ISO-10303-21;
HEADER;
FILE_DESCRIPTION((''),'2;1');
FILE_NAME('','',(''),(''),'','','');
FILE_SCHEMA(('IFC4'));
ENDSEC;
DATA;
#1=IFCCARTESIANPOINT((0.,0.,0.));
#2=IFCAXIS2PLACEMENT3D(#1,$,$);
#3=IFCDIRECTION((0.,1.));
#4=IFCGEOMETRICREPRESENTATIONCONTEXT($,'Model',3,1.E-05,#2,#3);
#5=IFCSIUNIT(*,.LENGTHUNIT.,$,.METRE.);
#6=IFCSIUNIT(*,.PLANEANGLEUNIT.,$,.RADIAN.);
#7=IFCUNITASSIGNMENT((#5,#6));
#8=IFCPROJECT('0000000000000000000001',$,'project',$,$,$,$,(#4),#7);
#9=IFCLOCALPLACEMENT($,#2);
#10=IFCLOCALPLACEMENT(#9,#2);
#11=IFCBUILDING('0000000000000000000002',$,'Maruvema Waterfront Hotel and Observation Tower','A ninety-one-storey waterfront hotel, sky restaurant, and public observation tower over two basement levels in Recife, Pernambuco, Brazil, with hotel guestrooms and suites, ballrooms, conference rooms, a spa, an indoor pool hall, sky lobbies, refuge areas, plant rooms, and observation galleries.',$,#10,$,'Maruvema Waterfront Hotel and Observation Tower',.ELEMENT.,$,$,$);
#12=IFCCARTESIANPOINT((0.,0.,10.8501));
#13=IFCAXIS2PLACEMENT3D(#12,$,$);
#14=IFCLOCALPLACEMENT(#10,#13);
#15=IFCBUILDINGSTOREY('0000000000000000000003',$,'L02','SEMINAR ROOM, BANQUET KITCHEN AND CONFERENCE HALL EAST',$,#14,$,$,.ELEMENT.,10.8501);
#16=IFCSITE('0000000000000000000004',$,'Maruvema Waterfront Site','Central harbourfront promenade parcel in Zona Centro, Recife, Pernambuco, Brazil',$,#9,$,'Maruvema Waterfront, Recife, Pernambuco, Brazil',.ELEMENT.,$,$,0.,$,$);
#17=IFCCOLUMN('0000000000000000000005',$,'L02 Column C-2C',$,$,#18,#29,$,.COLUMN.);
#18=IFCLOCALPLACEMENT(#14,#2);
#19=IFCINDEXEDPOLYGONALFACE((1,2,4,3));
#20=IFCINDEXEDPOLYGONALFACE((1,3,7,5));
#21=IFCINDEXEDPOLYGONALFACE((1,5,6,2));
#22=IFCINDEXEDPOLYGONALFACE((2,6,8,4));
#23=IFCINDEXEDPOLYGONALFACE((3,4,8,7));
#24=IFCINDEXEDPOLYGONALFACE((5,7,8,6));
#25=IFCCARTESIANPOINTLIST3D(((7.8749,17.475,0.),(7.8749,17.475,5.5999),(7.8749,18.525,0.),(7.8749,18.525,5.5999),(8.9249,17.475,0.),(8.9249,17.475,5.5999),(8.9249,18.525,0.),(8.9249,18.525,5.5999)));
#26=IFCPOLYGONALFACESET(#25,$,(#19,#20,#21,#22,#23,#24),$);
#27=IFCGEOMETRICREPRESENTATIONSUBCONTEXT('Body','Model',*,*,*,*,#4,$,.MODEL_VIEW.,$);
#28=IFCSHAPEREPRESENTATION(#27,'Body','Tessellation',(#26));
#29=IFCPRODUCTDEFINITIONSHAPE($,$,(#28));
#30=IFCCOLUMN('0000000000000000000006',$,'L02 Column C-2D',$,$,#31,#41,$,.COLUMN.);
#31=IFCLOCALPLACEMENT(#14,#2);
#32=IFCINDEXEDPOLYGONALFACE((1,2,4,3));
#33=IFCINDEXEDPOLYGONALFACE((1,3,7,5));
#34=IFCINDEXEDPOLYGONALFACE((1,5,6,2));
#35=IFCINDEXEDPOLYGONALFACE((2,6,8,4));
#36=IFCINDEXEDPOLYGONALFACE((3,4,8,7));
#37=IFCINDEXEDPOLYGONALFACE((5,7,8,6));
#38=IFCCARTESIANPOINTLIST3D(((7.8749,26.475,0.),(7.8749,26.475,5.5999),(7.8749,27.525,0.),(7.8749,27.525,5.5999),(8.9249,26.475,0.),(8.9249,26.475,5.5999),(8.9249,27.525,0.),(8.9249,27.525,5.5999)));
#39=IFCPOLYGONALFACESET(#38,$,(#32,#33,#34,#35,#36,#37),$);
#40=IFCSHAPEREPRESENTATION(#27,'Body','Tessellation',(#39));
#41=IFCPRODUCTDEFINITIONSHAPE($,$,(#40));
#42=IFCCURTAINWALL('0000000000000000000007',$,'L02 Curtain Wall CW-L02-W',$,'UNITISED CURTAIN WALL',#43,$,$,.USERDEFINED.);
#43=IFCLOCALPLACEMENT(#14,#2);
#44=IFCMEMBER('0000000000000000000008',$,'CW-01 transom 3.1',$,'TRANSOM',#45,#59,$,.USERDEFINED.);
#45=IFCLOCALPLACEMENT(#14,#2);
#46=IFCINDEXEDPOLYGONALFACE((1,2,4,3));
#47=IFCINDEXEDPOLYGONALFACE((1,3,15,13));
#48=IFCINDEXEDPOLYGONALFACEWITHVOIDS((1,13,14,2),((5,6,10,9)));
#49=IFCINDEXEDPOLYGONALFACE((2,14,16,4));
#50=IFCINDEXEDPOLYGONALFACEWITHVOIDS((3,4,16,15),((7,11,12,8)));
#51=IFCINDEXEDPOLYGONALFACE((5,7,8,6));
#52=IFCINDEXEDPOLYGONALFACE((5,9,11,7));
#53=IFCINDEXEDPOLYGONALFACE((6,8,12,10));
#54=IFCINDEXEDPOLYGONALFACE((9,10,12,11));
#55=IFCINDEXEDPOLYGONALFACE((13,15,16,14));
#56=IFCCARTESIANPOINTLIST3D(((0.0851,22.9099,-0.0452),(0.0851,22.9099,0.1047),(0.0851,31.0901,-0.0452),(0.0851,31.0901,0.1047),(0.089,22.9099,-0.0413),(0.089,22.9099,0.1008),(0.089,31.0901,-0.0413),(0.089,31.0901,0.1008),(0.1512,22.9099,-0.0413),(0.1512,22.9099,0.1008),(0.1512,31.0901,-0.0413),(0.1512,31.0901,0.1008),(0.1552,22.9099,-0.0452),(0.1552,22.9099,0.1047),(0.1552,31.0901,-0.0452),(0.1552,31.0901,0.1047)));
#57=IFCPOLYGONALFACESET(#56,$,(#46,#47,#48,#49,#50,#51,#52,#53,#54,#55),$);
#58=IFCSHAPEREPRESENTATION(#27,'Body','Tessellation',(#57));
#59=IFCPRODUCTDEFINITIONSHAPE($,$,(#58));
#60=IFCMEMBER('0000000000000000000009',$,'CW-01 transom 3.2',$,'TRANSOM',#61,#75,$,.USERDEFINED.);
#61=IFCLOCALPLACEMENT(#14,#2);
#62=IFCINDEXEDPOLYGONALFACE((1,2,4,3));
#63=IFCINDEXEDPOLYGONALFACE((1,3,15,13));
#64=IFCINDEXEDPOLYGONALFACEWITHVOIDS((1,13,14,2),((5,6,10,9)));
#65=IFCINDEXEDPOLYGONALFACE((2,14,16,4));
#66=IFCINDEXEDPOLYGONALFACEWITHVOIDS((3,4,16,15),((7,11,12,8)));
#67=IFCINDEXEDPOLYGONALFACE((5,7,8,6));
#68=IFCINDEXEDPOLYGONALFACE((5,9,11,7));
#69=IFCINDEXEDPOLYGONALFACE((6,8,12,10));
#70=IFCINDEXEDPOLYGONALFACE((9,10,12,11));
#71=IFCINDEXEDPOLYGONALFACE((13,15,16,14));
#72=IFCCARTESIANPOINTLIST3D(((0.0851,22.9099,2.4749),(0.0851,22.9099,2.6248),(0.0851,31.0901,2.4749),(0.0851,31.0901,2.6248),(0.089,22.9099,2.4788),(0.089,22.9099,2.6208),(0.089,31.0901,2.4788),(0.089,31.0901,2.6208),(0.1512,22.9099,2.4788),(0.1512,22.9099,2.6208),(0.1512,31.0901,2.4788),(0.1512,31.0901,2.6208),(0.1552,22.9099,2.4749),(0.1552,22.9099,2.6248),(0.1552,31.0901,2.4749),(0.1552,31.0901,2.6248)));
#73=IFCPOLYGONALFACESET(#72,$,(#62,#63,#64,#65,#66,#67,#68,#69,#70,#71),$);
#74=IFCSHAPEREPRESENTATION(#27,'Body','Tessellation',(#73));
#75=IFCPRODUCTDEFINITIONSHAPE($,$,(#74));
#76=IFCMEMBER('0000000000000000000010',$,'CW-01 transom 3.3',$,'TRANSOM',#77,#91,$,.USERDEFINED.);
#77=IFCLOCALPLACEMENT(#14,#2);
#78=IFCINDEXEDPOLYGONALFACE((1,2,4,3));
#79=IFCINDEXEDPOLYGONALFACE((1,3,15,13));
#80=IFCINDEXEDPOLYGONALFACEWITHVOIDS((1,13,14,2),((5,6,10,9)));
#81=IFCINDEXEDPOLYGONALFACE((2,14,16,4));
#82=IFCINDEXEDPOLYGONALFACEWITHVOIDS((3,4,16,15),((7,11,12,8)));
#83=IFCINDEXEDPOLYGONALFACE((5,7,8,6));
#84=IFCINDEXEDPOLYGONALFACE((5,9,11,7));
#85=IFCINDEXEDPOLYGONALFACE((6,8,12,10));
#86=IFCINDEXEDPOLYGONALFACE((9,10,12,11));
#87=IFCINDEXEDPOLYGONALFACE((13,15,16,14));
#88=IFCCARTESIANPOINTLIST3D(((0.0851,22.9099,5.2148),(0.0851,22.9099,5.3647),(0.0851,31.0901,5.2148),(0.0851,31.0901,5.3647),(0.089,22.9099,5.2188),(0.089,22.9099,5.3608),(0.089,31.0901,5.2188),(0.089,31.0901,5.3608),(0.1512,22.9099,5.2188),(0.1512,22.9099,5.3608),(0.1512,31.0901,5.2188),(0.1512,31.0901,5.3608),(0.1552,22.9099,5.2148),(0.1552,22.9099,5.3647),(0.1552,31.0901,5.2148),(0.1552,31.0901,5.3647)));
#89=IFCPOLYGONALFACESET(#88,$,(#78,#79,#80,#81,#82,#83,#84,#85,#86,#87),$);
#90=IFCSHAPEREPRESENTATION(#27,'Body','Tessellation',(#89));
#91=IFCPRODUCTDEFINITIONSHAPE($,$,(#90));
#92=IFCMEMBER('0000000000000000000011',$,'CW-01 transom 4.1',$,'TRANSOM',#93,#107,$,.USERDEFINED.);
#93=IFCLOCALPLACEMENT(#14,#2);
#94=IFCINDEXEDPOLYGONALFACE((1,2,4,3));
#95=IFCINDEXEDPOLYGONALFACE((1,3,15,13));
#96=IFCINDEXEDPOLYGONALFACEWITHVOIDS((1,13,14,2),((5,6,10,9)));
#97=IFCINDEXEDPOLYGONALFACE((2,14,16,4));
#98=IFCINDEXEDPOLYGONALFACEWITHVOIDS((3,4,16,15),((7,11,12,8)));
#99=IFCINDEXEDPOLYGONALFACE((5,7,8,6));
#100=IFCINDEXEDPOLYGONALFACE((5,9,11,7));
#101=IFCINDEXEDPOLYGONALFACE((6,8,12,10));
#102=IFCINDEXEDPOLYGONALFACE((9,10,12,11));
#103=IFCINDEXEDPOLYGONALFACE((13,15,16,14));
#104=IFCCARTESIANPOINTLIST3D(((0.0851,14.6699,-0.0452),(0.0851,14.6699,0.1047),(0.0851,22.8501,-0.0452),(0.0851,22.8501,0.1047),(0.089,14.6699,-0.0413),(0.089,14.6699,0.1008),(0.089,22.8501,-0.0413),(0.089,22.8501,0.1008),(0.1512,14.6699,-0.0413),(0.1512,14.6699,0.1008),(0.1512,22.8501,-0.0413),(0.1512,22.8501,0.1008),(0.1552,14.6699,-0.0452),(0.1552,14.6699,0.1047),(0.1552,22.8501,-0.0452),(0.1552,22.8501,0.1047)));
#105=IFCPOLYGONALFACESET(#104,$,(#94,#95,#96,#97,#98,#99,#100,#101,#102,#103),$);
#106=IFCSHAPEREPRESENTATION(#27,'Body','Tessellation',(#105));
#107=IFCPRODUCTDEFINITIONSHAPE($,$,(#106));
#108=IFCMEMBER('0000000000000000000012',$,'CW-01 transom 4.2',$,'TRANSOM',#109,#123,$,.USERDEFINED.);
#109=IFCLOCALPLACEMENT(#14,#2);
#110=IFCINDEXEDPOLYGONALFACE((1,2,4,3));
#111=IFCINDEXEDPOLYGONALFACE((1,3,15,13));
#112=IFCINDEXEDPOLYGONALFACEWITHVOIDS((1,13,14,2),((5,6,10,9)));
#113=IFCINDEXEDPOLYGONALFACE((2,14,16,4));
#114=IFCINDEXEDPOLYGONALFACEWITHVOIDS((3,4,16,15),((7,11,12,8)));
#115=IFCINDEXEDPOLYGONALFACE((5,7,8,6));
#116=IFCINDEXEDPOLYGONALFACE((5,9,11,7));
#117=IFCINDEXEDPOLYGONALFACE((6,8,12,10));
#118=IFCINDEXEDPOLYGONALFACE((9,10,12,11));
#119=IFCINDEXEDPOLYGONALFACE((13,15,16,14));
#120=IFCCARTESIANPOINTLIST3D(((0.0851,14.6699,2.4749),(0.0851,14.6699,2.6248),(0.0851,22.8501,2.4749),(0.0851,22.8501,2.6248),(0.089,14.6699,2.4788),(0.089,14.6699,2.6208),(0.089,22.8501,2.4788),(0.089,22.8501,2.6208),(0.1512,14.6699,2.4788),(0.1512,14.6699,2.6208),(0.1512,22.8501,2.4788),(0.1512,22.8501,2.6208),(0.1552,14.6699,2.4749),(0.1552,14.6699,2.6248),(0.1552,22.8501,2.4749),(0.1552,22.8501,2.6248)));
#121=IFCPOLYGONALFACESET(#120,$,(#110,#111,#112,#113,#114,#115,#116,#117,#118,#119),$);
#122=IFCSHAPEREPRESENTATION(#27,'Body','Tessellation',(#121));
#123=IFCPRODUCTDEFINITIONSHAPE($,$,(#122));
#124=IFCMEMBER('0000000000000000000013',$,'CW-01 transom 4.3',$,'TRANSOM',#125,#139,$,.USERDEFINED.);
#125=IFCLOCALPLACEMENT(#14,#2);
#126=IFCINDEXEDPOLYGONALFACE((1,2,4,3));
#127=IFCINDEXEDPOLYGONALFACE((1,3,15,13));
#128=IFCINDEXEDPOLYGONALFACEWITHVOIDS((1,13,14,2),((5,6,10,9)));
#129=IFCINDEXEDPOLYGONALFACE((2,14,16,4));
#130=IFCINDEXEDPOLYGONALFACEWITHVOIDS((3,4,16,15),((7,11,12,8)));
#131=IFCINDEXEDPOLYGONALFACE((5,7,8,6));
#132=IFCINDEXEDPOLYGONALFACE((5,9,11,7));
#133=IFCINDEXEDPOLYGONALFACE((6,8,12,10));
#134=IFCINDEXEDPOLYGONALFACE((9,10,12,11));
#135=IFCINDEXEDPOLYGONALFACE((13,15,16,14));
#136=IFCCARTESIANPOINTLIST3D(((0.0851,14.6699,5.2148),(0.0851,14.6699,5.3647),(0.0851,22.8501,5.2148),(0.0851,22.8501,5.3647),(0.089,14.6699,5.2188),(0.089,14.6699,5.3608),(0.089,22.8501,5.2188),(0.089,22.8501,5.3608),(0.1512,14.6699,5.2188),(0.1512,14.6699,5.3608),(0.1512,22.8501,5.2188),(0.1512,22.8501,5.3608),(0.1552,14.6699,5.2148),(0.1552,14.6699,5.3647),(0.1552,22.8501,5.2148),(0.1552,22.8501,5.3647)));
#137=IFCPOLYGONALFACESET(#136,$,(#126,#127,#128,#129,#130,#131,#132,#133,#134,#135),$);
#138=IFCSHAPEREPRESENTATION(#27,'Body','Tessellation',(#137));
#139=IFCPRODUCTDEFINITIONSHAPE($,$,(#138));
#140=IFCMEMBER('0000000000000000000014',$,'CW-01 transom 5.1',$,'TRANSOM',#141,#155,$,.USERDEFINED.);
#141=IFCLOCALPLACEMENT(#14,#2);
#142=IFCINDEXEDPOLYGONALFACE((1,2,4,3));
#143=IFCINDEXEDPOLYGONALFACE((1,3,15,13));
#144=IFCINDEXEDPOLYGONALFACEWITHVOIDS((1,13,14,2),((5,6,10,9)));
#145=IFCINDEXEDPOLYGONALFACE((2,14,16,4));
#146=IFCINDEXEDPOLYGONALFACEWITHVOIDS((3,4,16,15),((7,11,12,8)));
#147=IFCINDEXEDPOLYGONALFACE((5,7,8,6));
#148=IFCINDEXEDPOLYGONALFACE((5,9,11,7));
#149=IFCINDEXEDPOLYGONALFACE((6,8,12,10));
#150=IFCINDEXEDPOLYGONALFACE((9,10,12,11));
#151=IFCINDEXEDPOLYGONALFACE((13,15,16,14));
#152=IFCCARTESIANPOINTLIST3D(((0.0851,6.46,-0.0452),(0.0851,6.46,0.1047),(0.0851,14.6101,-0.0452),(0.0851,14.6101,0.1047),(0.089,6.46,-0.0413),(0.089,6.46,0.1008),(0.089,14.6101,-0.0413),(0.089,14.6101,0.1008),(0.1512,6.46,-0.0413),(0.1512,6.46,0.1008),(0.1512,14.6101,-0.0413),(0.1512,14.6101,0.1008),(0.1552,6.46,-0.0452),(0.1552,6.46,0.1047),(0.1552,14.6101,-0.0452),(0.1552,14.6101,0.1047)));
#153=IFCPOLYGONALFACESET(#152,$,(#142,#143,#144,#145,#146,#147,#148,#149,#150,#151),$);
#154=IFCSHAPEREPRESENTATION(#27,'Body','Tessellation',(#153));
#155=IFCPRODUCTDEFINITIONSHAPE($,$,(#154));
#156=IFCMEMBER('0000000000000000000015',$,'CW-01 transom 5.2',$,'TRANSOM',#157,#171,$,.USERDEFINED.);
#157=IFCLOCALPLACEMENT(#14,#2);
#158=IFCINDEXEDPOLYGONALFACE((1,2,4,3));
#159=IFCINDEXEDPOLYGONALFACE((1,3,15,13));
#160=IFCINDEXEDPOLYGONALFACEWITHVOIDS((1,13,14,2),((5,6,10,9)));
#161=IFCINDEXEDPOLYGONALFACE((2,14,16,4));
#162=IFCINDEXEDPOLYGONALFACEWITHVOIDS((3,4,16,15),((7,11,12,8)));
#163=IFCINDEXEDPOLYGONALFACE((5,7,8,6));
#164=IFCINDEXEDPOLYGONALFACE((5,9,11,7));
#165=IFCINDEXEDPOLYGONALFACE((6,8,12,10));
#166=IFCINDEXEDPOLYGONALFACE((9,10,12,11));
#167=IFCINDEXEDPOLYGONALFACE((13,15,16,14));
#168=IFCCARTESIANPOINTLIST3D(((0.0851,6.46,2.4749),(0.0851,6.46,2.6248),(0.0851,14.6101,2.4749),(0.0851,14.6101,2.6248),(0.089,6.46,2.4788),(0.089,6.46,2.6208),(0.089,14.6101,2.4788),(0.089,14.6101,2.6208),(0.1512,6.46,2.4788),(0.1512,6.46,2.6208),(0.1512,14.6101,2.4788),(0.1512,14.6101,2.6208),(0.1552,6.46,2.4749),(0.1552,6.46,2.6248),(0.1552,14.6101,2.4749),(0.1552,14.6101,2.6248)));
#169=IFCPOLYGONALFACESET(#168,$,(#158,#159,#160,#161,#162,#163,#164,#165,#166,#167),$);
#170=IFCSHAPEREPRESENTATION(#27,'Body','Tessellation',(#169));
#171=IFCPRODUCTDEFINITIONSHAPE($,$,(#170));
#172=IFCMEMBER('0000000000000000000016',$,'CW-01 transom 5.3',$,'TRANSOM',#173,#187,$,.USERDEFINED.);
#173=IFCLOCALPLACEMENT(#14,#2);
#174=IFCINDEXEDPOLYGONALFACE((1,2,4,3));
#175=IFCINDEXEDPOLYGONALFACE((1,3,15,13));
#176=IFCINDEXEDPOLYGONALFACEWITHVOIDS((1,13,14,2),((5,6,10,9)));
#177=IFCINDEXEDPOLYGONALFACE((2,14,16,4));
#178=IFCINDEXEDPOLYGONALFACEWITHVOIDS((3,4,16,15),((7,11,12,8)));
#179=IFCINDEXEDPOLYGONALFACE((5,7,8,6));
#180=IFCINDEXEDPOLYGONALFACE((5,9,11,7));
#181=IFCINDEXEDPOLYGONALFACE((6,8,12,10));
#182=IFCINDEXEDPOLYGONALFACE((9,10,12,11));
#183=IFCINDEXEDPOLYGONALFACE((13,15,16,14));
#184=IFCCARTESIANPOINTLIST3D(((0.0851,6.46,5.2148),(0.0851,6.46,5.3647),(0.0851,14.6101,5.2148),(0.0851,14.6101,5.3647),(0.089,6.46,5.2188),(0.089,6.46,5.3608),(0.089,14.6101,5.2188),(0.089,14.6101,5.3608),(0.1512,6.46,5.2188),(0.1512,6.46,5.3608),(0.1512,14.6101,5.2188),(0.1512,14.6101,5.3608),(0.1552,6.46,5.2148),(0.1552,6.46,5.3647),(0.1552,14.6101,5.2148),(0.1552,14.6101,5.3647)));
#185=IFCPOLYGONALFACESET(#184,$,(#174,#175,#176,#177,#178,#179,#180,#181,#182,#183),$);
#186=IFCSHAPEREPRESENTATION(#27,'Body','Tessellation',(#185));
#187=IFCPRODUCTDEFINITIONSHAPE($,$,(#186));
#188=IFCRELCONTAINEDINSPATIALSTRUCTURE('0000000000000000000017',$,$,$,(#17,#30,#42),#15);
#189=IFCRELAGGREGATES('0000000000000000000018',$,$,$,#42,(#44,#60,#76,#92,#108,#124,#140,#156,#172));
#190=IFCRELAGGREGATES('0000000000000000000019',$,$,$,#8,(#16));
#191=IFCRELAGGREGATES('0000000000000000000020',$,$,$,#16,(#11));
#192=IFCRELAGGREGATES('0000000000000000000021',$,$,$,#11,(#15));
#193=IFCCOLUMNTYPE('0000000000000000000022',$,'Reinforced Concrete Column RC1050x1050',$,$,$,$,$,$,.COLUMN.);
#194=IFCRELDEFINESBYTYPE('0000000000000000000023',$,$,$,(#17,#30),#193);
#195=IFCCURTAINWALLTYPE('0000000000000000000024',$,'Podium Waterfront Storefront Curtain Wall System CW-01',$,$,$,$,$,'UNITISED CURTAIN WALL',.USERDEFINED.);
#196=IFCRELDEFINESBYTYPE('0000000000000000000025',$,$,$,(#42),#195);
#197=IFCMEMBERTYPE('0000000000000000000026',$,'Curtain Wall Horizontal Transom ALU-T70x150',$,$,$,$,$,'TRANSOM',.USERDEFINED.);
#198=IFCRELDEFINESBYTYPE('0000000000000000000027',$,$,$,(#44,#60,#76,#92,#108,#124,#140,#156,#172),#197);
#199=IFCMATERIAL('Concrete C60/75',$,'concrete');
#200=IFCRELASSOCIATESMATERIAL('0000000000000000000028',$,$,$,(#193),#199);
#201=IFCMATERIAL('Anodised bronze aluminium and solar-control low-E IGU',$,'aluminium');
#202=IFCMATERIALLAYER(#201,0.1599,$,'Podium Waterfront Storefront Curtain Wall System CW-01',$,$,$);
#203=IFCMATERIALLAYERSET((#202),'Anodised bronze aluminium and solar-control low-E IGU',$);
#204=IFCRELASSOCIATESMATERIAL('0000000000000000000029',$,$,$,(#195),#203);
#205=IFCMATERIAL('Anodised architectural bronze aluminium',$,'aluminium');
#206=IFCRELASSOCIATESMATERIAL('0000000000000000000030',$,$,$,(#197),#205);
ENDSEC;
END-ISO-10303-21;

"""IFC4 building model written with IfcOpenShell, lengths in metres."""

from ifc_helpers import new_model, si_unit, direction, frame, origin, origin_2d, place, context, subcontext, project, spatial, rectangle, hollow_rectangle, extrude, material, layer, layer_set, material_profile, profile_set, type_object, element, aggregate, save


model = new_model("IFC4")

# Units and contexts
model_context = context("Model", 3, precision=1e-05, world=origin(), true_north=direction((0.0, 1.0)))
body_context = subcontext(model_context, "Body", "Model", "MODEL_VIEW")
ifc_project = project(units=[si_unit("LENGTHUNIT", "METRE"), si_unit("PLANEANGLEUNIT", "RADIAN")], contexts=[model_context])

# Site, building, storey
site_placement = place(None, origin())
site = spatial("IfcSite", under=ifc_project, at=site_placement, Name="Maruvema Waterfront Site", Description="Central harbourfront promenade parcel in Zona Centro, Recife, Pernambuco, Brazil", LongName="Maruvema Waterfront, Recife, Pernambuco, Brazil", CompositionType="ELEMENT", RefElevation=0.0)
building_placement = place(site_placement, origin())
building = spatial("IfcBuilding", under=site, at=building_placement, Name="Maruvema Waterfront Hotel and Observation Tower", Description="A ninety-one-storey waterfront hotel, sky restaurant, and public observation tower over two basement levels in Recife, Pernambuco, Brazil, with hotel guestrooms and suites, ballrooms, conference rooms, a spa, an indoor pool hall, sky lobbies, refuge areas, plant rooms, and observation galleries.", LongName="Maruvema Waterfront Hotel and Observation Tower", CompositionType="ELEMENT")
storey_placement = place(building_placement, frame((0.0, 0.0, 10.8501)))
storey = spatial("IfcBuildingStorey", under=building, at=storey_placement, Name="L02", Description="SEMINAR ROOM, BANQUET KITCHEN AND CONFERENCE HALL EAST", CompositionType="ELEMENT", Elevation=10.8501)

# Columns
ifc_material_1 = material(Name="Concrete C60/75", Category="concrete")
ifc_material_profile_1 = material_profile(ifc_material_1, rectangle(XDim=1.05, YDim=1.05, at=origin_2d()), Name="RC1050x1050")
ifc_profile_set_1 = profile_set([ifc_material_profile_1], Name="Concrete C60/75")
column_type = type_object("IfcColumnType", Name="Reinforced Concrete Column RC1050x1050", PredefinedType="COLUMN", material=ifc_profile_set_1)
for number, where, z_axis, x_axis, name in (
    (1, (8.3999, 18.0, 0.0), (0.0, 0.0, 1.0), (1.0, 0.0, 0.0), "L02 Column C-2C"),
    (2, (8.3999, 27.0, 0.0), (0.0, 0.0, 1.0), (1.0, 0.0, 0.0), "L02 Column C-2D"),
):
    element("IfcColumn", number, at=place(storey_placement, frame(where, z_axis=z_axis, x_axis=x_axis)), inside=storey, type_object=column_type, Name=name, PredefinedType="COLUMN", context=body_context, shape_type="SweptSolid", body=[
        extrude(rectangle(XDim=1.05, YDim=1.05, at=origin_2d()), origin(), (0.0, 0.0, 1.0), 5.5999),
    ])

# Curtain wall, members
ifc_material_2 = material(Name="Anodised bronze aluminium and solar-control low-E IGU", Category="aluminium")
ifc_layer_1 = layer(ifc_material_2, 0.1599, Name="Podium Waterfront Storefront Curtain Wall System CW-01")
ifc_layer_set_1 = layer_set([ifc_layer_1], Name="Anodised bronze aluminium and solar-control low-E IGU")
curtain_wall_type = type_object("IfcCurtainWallType", Name="Podium Waterfront Storefront Curtain Wall System CW-01", ElementType="UNITISED CURTAIN WALL", PredefinedType="USERDEFINED", material=ifc_layer_set_1)
curtain_wall_placement = place(storey_placement, origin())
curtain_wall = element("IfcCurtainWall", 3, at=curtain_wall_placement, inside=storey, type_object=curtain_wall_type, Name="L02 Curtain Wall CW-L02-W", ObjectType="UNITISED CURTAIN WALL", PredefinedType="USERDEFINED")
ifc_material_3 = material(Name="Anodised architectural bronze aluminium", Category="aluminium")
ifc_material_profile_2 = material_profile(ifc_material_3, hollow_rectangle(XDim=0.0701, YDim=0.1499, WallThickness=0.0039, at=origin_2d()), Name="ALU-T70x150")
ifc_profile_set_2 = profile_set([ifc_material_profile_2], Name="Anodised architectural bronze aluminium")
member_type_1 = type_object("IfcMemberType", Name="Curtain Wall Horizontal Transom ALU-T70x150", ElementType="TRANSOM", PredefinedType="USERDEFINED", material=ifc_profile_set_2)
member_1_placement = place(storey_placement, frame((0.1201, 31.0901, 0.0298), z_axis=(0.0, -1.0, 0.0), x_axis=(1.0, 0.0, 0.0)))
member_1 = element("IfcMember", 4, at=member_1_placement, type_object=member_type_1, Name="CW-01 transom 3.1", ObjectType="TRANSOM", PredefinedType="USERDEFINED", context=body_context, shape_type="SweptSolid", body=[
    extrude(hollow_rectangle(XDim=0.0701, YDim=0.1499, WallThickness=0.0039, at=origin_2d()), origin(), (0.0, 0.0, 1.0), 8.1802),
])
member_2_placement = place(storey_placement, frame((0.1201, 31.0901, 2.5498), z_axis=(0.0, -1.0, 0.0), x_axis=(1.0, 0.0, 0.0)))
member_2 = element("IfcMember", 5, at=member_2_placement, type_object=member_type_1, Name="CW-01 transom 3.2", ObjectType="TRANSOM", PredefinedType="USERDEFINED", context=body_context, shape_type="SweptSolid", body=[
    extrude(hollow_rectangle(XDim=0.0701, YDim=0.1499, WallThickness=0.0039, at=origin_2d()), origin(), (0.0, 0.0, 1.0), 8.1802),
])
member_3_placement = place(storey_placement, frame((0.1201, 31.0901, 5.2898), z_axis=(0.0, -1.0, 0.0), x_axis=(1.0, 0.0, 0.0)))
member_3 = element("IfcMember", 6, at=member_3_placement, type_object=member_type_1, Name="CW-01 transom 3.3", ObjectType="TRANSOM", PredefinedType="USERDEFINED", context=body_context, shape_type="SweptSolid", body=[
    extrude(hollow_rectangle(XDim=0.0701, YDim=0.1499, WallThickness=0.0039, at=origin_2d()), origin(), (0.0, 0.0, 1.0), 8.1802),
])
member_4_placement = place(storey_placement, frame((0.1201, 22.8501, 0.0298), z_axis=(0.0, -1.0, 0.0), x_axis=(1.0, 0.0, 0.0)))
member_4 = element("IfcMember", 7, at=member_4_placement, type_object=member_type_1, Name="CW-01 transom 4.1", ObjectType="TRANSOM", PredefinedType="USERDEFINED", context=body_context, shape_type="SweptSolid", body=[
    extrude(hollow_rectangle(XDim=0.0701, YDim=0.1499, WallThickness=0.0039, at=origin_2d()), origin(), (0.0, 0.0, 1.0), 8.1802),
])
member_5_placement = place(storey_placement, frame((0.1201, 22.8501, 2.5498), z_axis=(0.0, -1.0, 0.0), x_axis=(1.0, 0.0, 0.0)))
member_5 = element("IfcMember", 8, at=member_5_placement, type_object=member_type_1, Name="CW-01 transom 4.2", ObjectType="TRANSOM", PredefinedType="USERDEFINED", context=body_context, shape_type="SweptSolid", body=[
    extrude(hollow_rectangle(XDim=0.0701, YDim=0.1499, WallThickness=0.0039, at=origin_2d()), origin(), (0.0, 0.0, 1.0), 8.1802),
])
member_6_placement = place(storey_placement, frame((0.1201, 22.8501, 5.2898), z_axis=(0.0, -1.0, 0.0), x_axis=(1.0, 0.0, 0.0)))
member_6 = element("IfcMember", 9, at=member_6_placement, type_object=member_type_1, Name="CW-01 transom 4.3", ObjectType="TRANSOM", PredefinedType="USERDEFINED", context=body_context, shape_type="SweptSolid", body=[
    extrude(hollow_rectangle(XDim=0.0701, YDim=0.1499, WallThickness=0.0039, at=origin_2d()), origin(), (0.0, 0.0, 1.0), 8.1802),
])
member_7_placement = place(storey_placement, frame((0.1201, 14.6101, 0.0298), z_axis=(0.0, -1.0, 0.0), x_axis=(1.0, 0.0, 0.0)))
member_7 = element("IfcMember", 10, at=member_7_placement, type_object=member_type_1, Name="CW-01 transom 5.1", ObjectType="TRANSOM", PredefinedType="USERDEFINED", context=body_context, shape_type="SweptSolid", body=[
    extrude(hollow_rectangle(XDim=0.0701, YDim=0.1499, WallThickness=0.0039, at=origin_2d()), origin(), (0.0, 0.0, 1.0), 8.1501),
])
member_8_placement = place(storey_placement, frame((0.1201, 14.6101, 2.5498), z_axis=(0.0, -1.0, 0.0), x_axis=(1.0, 0.0, 0.0)))
member_8 = element("IfcMember", 11, at=member_8_placement, type_object=member_type_1, Name="CW-01 transom 5.2", ObjectType="TRANSOM", PredefinedType="USERDEFINED", context=body_context, shape_type="SweptSolid", body=[
    extrude(hollow_rectangle(XDim=0.0701, YDim=0.1499, WallThickness=0.0039, at=origin_2d()), origin(), (0.0, 0.0, 1.0), 8.1501),
])
member_9_placement = place(storey_placement, frame((0.1201, 14.6101, 5.2898), z_axis=(0.0, -1.0, 0.0), x_axis=(1.0, 0.0, 0.0)))
member_9 = element("IfcMember", 12, at=member_9_placement, type_object=member_type_1, Name="CW-01 transom 5.3", ObjectType="TRANSOM", PredefinedType="USERDEFINED", context=body_context, shape_type="SweptSolid", body=[
    extrude(hollow_rectangle(XDim=0.0701, YDim=0.1499, WallThickness=0.0039, at=origin_2d()), origin(), (0.0, 0.0, 1.0), 8.1501),
])

aggregate(curtain_wall, [member_1, member_2, member_3, member_4, member_5, member_6, member_7, member_8, member_9])

save(model, "model.ifc")
